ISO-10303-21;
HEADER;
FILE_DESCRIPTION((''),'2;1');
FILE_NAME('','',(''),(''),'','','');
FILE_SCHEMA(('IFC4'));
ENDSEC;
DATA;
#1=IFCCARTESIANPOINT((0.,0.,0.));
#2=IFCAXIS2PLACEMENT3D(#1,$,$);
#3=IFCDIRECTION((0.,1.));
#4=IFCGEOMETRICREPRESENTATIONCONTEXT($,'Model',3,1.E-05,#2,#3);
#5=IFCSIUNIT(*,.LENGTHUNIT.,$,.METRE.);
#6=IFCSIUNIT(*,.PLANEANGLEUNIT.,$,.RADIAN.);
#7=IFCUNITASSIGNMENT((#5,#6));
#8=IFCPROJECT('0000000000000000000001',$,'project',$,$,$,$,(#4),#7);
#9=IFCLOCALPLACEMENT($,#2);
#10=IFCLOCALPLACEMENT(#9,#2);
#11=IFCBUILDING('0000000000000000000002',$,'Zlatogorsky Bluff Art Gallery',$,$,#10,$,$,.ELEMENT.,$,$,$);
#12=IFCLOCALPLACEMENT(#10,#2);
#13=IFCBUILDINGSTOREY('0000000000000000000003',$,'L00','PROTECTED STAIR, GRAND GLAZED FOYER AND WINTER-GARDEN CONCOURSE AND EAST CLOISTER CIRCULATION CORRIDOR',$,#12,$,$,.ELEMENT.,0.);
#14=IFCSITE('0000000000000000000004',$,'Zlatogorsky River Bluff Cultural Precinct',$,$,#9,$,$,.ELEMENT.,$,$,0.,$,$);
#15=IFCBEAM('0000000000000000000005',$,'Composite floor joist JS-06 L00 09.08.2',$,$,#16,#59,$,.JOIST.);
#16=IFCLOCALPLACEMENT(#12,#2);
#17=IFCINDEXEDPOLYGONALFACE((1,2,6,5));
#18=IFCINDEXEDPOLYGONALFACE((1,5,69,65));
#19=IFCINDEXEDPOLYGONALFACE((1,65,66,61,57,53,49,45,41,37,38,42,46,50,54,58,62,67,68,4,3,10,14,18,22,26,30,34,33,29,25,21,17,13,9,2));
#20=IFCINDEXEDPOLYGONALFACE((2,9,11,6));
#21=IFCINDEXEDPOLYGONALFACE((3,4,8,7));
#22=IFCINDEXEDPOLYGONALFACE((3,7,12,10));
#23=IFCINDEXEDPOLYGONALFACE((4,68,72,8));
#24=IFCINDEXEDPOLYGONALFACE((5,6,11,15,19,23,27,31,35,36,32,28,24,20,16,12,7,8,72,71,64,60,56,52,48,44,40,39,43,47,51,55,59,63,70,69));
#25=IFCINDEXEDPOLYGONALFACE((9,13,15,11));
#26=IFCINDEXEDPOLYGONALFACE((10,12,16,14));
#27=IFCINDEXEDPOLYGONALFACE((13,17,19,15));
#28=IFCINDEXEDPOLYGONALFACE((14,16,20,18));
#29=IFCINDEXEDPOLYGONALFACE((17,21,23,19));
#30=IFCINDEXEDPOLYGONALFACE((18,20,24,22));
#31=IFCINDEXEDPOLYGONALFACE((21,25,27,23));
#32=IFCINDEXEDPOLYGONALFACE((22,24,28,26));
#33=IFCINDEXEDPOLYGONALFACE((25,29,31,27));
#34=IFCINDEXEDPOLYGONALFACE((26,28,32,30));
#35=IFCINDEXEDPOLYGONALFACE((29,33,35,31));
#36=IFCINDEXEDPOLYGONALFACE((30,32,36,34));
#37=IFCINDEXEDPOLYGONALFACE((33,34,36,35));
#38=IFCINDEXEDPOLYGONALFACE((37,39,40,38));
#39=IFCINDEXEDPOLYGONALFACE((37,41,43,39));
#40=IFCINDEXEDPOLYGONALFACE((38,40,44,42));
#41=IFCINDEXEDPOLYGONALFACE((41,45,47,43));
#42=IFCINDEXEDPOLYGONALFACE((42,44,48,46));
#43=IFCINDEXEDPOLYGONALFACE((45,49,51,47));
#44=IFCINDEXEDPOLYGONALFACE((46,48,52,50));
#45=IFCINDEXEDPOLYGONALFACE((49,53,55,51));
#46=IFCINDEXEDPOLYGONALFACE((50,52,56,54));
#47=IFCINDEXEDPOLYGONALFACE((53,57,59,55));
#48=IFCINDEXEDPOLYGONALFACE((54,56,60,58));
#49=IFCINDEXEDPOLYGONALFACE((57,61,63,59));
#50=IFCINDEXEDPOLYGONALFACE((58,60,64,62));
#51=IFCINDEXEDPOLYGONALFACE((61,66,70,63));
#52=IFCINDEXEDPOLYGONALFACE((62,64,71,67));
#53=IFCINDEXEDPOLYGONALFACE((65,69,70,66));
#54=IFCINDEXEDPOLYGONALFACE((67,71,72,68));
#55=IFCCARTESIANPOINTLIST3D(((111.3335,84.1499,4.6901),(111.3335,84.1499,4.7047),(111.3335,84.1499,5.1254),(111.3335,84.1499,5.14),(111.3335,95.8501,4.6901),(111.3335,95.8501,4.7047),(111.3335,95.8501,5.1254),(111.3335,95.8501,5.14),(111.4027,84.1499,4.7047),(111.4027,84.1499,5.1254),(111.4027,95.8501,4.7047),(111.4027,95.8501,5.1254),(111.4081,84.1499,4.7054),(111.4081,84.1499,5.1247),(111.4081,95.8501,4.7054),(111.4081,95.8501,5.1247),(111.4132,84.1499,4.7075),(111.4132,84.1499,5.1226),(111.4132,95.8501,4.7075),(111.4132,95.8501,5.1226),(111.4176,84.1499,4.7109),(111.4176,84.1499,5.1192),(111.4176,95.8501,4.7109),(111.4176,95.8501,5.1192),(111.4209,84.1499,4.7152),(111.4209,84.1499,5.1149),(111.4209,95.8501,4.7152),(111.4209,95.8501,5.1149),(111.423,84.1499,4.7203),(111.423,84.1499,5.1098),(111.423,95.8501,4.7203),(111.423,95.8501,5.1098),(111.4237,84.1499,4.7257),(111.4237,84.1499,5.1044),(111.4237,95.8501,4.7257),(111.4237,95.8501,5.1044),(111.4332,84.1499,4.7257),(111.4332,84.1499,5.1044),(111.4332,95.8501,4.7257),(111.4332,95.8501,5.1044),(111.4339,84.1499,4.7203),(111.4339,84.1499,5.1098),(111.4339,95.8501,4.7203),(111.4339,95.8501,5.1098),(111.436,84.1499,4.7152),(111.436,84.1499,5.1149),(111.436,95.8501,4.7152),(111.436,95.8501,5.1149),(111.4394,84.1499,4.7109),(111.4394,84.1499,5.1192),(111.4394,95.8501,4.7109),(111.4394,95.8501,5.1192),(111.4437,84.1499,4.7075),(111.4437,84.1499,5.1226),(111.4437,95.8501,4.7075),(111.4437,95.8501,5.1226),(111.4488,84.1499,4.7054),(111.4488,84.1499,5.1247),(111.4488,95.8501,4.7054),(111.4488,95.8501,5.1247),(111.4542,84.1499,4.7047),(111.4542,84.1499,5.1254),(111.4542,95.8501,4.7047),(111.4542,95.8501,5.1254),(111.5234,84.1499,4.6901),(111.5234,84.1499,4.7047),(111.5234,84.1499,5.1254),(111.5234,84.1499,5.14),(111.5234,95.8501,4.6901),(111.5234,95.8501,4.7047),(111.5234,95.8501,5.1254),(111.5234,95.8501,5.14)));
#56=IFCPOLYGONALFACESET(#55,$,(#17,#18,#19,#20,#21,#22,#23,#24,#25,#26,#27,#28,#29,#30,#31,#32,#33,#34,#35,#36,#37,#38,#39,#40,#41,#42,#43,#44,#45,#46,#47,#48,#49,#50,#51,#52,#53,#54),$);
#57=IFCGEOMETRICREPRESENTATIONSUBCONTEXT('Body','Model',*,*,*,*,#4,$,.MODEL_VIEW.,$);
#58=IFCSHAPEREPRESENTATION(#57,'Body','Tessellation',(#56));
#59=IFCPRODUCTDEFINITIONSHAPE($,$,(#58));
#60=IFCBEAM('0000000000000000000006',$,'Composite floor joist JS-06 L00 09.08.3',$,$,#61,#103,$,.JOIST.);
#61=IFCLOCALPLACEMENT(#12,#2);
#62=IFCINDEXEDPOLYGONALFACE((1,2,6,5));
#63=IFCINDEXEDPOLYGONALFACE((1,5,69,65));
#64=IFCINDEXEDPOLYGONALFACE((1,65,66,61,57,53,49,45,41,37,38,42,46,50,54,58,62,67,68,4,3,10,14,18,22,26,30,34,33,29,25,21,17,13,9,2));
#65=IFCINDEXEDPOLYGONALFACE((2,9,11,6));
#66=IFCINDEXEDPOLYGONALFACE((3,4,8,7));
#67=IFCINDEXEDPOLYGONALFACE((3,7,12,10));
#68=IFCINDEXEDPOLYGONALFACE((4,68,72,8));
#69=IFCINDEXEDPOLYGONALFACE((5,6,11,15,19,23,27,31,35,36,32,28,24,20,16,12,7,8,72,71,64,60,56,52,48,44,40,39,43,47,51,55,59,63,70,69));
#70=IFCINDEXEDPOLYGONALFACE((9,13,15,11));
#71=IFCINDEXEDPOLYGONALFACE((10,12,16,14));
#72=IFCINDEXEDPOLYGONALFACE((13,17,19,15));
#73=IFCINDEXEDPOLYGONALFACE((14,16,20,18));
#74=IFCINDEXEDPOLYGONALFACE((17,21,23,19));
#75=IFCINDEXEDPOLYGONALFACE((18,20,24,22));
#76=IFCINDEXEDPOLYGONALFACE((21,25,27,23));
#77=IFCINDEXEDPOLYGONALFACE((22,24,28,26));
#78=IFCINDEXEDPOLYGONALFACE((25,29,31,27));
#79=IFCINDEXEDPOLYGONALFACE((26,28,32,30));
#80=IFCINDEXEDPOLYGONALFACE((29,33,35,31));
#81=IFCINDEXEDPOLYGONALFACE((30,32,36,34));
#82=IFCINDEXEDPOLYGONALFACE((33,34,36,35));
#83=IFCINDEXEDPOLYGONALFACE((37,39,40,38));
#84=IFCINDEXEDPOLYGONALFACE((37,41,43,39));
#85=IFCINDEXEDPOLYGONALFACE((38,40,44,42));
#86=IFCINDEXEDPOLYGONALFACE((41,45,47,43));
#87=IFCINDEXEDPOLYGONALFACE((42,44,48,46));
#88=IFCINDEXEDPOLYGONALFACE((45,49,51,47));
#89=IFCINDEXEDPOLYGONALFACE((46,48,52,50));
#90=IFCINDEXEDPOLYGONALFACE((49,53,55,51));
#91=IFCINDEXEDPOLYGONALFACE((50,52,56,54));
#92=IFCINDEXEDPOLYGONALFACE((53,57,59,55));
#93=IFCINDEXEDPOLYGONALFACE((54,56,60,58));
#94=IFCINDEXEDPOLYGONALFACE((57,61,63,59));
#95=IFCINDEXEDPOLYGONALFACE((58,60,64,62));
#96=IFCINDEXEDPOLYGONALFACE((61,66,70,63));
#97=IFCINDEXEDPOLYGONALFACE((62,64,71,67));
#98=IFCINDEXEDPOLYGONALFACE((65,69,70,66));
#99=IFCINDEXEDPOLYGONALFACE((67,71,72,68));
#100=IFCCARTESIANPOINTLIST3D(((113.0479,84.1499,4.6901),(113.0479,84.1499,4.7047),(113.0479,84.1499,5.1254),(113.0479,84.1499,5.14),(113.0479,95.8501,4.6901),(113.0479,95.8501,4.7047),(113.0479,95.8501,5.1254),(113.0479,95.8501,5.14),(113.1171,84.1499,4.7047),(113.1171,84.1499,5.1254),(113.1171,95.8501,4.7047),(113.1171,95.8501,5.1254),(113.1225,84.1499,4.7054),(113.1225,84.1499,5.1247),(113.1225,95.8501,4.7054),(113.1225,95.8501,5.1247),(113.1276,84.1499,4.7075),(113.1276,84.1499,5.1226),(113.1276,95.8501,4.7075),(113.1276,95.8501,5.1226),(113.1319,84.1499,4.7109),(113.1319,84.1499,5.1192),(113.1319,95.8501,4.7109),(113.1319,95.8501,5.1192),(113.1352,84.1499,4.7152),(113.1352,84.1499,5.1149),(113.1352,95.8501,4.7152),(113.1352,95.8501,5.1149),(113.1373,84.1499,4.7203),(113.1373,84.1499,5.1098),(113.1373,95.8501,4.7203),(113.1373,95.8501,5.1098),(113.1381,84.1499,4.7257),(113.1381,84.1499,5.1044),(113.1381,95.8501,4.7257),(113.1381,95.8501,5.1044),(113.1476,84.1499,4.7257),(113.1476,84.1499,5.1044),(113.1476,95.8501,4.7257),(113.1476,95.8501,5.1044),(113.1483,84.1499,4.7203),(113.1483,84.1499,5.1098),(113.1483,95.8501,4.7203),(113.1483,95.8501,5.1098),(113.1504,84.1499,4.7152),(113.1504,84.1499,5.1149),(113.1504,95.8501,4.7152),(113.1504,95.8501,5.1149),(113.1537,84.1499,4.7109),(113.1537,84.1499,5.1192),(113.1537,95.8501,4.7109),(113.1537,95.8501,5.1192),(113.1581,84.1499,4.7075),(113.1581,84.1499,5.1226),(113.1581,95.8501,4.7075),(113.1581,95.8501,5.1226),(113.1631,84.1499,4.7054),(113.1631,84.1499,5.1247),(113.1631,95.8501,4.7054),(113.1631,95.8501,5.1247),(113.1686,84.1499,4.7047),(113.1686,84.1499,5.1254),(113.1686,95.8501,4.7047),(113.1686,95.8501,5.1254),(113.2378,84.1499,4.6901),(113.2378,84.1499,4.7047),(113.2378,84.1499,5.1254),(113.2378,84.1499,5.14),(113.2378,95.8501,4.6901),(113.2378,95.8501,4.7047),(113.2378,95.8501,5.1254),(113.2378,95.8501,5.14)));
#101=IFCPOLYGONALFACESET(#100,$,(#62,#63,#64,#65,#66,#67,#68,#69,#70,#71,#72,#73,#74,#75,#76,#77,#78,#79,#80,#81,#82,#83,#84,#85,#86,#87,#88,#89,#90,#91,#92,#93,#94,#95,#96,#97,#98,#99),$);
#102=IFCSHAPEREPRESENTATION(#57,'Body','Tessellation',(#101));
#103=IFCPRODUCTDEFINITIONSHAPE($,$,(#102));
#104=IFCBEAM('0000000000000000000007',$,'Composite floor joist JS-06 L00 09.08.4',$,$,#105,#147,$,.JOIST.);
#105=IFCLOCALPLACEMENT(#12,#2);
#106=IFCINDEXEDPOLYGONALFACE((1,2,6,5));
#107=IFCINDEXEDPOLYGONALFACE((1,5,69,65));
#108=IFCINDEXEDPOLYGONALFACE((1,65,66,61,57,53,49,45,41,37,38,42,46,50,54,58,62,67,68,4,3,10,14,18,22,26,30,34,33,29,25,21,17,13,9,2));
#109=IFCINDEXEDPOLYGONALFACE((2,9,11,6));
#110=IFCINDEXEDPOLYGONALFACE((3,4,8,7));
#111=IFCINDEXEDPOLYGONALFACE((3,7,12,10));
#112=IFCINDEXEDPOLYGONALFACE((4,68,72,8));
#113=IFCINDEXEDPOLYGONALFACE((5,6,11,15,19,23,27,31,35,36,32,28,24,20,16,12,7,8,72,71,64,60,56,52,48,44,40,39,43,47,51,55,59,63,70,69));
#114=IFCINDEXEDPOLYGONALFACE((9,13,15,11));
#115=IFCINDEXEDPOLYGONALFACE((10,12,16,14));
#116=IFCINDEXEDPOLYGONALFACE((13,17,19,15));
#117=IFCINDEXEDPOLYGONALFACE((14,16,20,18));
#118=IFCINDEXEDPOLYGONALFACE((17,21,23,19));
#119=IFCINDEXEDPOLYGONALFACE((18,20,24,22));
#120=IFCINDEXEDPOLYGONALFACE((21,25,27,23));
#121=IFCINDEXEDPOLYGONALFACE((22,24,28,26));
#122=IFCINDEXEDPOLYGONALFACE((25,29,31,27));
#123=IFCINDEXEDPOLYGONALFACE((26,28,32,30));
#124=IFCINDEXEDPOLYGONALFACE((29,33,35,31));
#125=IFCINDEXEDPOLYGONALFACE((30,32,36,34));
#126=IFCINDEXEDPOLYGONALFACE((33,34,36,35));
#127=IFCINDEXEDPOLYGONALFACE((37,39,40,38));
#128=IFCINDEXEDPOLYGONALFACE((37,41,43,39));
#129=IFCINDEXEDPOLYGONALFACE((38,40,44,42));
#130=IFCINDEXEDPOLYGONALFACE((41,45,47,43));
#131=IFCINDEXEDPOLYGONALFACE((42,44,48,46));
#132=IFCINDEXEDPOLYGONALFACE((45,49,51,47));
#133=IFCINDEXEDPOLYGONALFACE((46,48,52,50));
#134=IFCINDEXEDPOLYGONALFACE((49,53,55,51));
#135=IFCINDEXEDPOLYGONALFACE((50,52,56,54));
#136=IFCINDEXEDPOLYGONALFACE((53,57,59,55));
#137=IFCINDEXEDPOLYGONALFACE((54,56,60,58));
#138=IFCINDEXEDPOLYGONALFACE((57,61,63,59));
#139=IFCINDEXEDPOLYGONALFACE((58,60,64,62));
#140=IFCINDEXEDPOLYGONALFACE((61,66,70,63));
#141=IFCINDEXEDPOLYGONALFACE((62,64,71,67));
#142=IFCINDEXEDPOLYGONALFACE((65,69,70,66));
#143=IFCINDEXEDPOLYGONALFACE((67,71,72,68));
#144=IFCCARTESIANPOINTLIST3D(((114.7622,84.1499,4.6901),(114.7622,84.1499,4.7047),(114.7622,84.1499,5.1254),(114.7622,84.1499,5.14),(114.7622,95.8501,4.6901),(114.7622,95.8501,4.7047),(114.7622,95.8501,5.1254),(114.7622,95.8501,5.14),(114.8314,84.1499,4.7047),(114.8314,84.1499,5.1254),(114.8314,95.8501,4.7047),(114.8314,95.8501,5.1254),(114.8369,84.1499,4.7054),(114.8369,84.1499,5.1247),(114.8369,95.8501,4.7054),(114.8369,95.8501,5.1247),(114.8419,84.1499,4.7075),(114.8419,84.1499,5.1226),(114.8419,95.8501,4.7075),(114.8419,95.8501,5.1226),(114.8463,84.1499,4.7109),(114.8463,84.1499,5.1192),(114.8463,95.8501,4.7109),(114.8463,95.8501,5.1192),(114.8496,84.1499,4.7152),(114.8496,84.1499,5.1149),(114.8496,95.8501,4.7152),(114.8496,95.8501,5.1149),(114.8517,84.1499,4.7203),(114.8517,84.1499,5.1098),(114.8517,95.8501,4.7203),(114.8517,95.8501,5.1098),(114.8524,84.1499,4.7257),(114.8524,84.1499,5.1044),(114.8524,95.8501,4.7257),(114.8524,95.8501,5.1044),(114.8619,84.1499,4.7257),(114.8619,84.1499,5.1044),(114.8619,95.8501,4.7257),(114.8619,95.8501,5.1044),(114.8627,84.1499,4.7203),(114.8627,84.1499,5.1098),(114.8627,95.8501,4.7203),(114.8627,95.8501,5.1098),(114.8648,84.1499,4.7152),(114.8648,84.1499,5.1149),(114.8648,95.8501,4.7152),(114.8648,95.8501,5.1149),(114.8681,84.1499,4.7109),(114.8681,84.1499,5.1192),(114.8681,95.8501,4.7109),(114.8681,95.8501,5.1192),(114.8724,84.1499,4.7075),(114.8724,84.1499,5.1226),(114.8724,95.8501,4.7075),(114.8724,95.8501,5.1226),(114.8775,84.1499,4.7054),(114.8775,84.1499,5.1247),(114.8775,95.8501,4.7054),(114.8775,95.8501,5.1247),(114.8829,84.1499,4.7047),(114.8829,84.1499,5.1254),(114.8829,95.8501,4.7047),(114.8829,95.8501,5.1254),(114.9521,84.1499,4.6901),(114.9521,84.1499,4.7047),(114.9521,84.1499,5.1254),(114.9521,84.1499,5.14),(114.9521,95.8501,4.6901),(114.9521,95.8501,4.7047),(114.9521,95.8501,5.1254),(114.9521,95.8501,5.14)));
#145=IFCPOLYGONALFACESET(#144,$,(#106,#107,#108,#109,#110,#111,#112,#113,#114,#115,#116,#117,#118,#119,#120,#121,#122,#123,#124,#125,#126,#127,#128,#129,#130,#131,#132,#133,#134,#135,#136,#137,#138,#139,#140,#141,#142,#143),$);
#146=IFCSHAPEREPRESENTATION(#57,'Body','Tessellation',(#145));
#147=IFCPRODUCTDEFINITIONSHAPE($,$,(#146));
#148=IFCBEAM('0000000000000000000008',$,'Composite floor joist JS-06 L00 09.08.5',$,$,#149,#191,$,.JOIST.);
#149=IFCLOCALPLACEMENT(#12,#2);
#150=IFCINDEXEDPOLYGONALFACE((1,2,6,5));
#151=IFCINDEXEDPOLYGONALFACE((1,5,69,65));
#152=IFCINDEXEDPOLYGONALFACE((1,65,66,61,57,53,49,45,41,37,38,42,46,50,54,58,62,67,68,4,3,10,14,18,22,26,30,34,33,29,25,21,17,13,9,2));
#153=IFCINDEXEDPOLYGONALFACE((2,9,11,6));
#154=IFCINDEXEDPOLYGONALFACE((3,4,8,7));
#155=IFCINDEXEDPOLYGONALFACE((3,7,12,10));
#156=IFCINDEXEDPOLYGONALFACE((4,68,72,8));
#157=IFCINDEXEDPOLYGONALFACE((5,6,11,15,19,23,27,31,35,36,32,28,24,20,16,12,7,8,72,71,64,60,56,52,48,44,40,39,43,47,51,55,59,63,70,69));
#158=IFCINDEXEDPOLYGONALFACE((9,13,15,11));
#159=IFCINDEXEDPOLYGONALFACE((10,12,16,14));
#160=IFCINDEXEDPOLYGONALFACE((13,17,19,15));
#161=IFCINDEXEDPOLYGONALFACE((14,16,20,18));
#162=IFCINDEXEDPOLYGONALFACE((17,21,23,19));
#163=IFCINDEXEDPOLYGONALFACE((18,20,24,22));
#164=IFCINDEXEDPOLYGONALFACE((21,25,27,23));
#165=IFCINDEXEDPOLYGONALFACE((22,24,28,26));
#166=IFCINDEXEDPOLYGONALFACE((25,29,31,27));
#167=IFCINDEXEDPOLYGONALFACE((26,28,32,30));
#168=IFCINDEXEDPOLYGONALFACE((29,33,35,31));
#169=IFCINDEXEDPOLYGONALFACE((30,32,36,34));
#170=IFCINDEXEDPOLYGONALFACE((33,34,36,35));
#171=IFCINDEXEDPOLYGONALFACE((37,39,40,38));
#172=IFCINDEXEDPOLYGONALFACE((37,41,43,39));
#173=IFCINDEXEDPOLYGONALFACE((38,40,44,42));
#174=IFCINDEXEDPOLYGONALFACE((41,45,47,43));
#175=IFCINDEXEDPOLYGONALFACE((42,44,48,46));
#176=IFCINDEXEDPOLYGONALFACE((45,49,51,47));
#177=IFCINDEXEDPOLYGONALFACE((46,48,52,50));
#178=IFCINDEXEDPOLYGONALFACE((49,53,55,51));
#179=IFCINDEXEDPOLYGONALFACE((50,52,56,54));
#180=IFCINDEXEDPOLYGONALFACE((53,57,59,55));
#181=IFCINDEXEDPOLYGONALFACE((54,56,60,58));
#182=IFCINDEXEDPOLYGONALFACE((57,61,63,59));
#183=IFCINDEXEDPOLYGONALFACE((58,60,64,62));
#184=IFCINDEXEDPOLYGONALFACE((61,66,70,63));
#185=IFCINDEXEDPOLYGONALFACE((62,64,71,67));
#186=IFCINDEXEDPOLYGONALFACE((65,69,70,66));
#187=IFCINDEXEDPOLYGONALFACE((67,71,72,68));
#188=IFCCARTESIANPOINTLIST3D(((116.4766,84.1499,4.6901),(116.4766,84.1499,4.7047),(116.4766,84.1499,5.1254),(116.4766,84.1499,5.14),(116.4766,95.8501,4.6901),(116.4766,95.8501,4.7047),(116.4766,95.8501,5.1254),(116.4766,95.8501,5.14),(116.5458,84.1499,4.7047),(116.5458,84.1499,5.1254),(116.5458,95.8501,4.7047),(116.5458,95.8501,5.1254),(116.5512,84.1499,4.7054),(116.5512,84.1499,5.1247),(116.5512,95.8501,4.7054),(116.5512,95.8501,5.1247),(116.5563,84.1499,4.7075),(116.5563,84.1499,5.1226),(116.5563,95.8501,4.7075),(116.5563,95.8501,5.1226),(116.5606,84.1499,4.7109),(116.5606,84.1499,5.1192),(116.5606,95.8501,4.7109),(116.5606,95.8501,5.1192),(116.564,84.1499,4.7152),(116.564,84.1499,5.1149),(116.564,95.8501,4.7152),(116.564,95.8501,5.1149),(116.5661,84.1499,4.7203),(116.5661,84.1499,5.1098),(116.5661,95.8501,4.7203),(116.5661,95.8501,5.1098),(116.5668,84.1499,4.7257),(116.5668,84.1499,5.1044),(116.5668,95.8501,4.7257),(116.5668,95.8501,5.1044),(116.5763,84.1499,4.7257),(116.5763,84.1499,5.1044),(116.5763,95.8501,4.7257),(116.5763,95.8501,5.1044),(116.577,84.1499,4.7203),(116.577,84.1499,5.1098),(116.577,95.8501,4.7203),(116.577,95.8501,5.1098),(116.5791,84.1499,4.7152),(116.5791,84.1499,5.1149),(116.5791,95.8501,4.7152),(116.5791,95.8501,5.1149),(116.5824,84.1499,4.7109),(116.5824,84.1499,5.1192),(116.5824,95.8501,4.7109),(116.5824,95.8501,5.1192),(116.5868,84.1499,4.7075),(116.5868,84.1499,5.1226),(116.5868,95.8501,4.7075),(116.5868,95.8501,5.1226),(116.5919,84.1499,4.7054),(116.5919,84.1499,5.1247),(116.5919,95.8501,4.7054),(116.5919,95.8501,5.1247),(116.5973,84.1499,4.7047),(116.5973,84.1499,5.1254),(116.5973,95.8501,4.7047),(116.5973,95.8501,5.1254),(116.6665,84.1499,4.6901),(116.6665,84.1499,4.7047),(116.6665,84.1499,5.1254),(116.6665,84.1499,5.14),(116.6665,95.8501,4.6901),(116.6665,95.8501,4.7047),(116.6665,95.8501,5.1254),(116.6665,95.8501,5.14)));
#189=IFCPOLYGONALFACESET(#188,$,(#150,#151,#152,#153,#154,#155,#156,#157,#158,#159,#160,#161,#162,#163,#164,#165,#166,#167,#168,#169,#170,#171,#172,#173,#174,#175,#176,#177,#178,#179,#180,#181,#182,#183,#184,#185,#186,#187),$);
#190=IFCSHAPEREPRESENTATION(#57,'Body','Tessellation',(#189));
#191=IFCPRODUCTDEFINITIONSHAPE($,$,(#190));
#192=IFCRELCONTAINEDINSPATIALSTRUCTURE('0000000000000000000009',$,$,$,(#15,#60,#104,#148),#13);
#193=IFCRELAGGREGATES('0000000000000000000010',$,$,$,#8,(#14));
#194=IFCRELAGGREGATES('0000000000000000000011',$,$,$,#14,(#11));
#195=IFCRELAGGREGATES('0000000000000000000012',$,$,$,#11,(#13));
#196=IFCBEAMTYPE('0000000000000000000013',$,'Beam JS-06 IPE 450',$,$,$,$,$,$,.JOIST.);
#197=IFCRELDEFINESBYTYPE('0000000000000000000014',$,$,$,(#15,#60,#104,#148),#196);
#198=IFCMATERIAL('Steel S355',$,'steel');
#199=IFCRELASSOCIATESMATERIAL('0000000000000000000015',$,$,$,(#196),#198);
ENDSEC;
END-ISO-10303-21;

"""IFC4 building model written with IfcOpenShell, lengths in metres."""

from ifc_helpers import new_model, si_unit, direction, frame, origin, origin_2d, place, context, subcontext, project, spatial, i_section, extrude, material, material_profile, profile_set, type_object, element, save


model = new_model("IFC4")

# Units and contexts
model_context = context("Model", 3, precision=1e-05, world=origin(), true_north=direction((0.0, 1.0)))
body_context = subcontext(model_context, "Body", "Model", "MODEL_VIEW")
ifc_project = project(units=[si_unit("LENGTHUNIT", "METRE"), si_unit("PLANEANGLEUNIT", "RADIAN")], contexts=[model_context])

# Site, building, storey
site_placement = place(None, origin())
site = spatial("IfcSite", under=ifc_project, at=site_placement, Name="Zlatogorsky River Bluff Cultural Precinct", CompositionType="ELEMENT", RefElevation=0.0)
building_placement = place(site_placement, origin())
building = spatial("IfcBuilding", under=site, at=building_placement, Name="Zlatogorsky Bluff Art Gallery", CompositionType="ELEMENT")
storey_placement = place(building_placement, origin())
storey = spatial("IfcBuildingStorey", under=building, at=storey_placement, Name="L00", Description="PROTECTED STAIR, GRAND GLAZED FOYER AND WINTER-GARDEN CONCOURSE AND EAST CLOISTER CIRCULATION CORRIDOR", CompositionType="ELEMENT", Elevation=0.0)

# Shared definitions
ifc_material_1 = material(Name="Steel S355", Category="steel")

# Beams
ifc_material_profile_1 = material_profile(ifc_material_1, i_section(OverallWidth=0.1899, OverallDepth=0.45, WebThickness=0.0095, FlangeThickness=0.0146, FilletRadius=0.021, at=origin_2d()), Name="IPE 450")
ifc_profile_set_1 = profile_set([ifc_material_profile_1], Name="Steel S355")
beam_type_1 = type_object("IfcBeamType", Name="Beam JS-06 IPE 450", PredefinedType="JOIST", material=ifc_profile_set_1)
for number, where, z_axis, x_axis, name in (
    (1, (111.4285, 84.1499, 4.915), (0.0, 1.0, 0.0), (-1.0, 0.0, 0.0), "Composite floor joist JS-06 L00 09.08.2"),
    (2, (113.1428, 84.1499, 4.915), (0.0, 1.0, 0.0), (-1.0, 0.0, 0.0), "Composite floor joist JS-06 L00 09.08.3"),
    (3, (114.8572, 84.1499, 4.915), (0.0, 1.0, 0.0), (-1.0, 0.0, 0.0), "Composite floor joist JS-06 L00 09.08.4"),
    (4, (116.5715, 84.1499, 4.915), (0.0, 1.0, 0.0), (-1.0, 0.0, 0.0), "Composite floor joist JS-06 L00 09.08.5"),
):
    element("IfcBeam", number, at=place(storey_placement, frame(where, z_axis=z_axis, x_axis=x_axis)), inside=storey, type_object=beam_type_1, Name=name, PredefinedType="JOIST", context=body_context, shape_type="SweptSolid", body=[
        extrude(i_section(OverallWidth=0.1899, OverallDepth=0.45, WebThickness=0.0095, FlangeThickness=0.0146, FilletRadius=0.021, at=origin_2d()), origin(), (0.0, 0.0, 1.0), 11.7002),
    ])

save(model, "model.ifc")
